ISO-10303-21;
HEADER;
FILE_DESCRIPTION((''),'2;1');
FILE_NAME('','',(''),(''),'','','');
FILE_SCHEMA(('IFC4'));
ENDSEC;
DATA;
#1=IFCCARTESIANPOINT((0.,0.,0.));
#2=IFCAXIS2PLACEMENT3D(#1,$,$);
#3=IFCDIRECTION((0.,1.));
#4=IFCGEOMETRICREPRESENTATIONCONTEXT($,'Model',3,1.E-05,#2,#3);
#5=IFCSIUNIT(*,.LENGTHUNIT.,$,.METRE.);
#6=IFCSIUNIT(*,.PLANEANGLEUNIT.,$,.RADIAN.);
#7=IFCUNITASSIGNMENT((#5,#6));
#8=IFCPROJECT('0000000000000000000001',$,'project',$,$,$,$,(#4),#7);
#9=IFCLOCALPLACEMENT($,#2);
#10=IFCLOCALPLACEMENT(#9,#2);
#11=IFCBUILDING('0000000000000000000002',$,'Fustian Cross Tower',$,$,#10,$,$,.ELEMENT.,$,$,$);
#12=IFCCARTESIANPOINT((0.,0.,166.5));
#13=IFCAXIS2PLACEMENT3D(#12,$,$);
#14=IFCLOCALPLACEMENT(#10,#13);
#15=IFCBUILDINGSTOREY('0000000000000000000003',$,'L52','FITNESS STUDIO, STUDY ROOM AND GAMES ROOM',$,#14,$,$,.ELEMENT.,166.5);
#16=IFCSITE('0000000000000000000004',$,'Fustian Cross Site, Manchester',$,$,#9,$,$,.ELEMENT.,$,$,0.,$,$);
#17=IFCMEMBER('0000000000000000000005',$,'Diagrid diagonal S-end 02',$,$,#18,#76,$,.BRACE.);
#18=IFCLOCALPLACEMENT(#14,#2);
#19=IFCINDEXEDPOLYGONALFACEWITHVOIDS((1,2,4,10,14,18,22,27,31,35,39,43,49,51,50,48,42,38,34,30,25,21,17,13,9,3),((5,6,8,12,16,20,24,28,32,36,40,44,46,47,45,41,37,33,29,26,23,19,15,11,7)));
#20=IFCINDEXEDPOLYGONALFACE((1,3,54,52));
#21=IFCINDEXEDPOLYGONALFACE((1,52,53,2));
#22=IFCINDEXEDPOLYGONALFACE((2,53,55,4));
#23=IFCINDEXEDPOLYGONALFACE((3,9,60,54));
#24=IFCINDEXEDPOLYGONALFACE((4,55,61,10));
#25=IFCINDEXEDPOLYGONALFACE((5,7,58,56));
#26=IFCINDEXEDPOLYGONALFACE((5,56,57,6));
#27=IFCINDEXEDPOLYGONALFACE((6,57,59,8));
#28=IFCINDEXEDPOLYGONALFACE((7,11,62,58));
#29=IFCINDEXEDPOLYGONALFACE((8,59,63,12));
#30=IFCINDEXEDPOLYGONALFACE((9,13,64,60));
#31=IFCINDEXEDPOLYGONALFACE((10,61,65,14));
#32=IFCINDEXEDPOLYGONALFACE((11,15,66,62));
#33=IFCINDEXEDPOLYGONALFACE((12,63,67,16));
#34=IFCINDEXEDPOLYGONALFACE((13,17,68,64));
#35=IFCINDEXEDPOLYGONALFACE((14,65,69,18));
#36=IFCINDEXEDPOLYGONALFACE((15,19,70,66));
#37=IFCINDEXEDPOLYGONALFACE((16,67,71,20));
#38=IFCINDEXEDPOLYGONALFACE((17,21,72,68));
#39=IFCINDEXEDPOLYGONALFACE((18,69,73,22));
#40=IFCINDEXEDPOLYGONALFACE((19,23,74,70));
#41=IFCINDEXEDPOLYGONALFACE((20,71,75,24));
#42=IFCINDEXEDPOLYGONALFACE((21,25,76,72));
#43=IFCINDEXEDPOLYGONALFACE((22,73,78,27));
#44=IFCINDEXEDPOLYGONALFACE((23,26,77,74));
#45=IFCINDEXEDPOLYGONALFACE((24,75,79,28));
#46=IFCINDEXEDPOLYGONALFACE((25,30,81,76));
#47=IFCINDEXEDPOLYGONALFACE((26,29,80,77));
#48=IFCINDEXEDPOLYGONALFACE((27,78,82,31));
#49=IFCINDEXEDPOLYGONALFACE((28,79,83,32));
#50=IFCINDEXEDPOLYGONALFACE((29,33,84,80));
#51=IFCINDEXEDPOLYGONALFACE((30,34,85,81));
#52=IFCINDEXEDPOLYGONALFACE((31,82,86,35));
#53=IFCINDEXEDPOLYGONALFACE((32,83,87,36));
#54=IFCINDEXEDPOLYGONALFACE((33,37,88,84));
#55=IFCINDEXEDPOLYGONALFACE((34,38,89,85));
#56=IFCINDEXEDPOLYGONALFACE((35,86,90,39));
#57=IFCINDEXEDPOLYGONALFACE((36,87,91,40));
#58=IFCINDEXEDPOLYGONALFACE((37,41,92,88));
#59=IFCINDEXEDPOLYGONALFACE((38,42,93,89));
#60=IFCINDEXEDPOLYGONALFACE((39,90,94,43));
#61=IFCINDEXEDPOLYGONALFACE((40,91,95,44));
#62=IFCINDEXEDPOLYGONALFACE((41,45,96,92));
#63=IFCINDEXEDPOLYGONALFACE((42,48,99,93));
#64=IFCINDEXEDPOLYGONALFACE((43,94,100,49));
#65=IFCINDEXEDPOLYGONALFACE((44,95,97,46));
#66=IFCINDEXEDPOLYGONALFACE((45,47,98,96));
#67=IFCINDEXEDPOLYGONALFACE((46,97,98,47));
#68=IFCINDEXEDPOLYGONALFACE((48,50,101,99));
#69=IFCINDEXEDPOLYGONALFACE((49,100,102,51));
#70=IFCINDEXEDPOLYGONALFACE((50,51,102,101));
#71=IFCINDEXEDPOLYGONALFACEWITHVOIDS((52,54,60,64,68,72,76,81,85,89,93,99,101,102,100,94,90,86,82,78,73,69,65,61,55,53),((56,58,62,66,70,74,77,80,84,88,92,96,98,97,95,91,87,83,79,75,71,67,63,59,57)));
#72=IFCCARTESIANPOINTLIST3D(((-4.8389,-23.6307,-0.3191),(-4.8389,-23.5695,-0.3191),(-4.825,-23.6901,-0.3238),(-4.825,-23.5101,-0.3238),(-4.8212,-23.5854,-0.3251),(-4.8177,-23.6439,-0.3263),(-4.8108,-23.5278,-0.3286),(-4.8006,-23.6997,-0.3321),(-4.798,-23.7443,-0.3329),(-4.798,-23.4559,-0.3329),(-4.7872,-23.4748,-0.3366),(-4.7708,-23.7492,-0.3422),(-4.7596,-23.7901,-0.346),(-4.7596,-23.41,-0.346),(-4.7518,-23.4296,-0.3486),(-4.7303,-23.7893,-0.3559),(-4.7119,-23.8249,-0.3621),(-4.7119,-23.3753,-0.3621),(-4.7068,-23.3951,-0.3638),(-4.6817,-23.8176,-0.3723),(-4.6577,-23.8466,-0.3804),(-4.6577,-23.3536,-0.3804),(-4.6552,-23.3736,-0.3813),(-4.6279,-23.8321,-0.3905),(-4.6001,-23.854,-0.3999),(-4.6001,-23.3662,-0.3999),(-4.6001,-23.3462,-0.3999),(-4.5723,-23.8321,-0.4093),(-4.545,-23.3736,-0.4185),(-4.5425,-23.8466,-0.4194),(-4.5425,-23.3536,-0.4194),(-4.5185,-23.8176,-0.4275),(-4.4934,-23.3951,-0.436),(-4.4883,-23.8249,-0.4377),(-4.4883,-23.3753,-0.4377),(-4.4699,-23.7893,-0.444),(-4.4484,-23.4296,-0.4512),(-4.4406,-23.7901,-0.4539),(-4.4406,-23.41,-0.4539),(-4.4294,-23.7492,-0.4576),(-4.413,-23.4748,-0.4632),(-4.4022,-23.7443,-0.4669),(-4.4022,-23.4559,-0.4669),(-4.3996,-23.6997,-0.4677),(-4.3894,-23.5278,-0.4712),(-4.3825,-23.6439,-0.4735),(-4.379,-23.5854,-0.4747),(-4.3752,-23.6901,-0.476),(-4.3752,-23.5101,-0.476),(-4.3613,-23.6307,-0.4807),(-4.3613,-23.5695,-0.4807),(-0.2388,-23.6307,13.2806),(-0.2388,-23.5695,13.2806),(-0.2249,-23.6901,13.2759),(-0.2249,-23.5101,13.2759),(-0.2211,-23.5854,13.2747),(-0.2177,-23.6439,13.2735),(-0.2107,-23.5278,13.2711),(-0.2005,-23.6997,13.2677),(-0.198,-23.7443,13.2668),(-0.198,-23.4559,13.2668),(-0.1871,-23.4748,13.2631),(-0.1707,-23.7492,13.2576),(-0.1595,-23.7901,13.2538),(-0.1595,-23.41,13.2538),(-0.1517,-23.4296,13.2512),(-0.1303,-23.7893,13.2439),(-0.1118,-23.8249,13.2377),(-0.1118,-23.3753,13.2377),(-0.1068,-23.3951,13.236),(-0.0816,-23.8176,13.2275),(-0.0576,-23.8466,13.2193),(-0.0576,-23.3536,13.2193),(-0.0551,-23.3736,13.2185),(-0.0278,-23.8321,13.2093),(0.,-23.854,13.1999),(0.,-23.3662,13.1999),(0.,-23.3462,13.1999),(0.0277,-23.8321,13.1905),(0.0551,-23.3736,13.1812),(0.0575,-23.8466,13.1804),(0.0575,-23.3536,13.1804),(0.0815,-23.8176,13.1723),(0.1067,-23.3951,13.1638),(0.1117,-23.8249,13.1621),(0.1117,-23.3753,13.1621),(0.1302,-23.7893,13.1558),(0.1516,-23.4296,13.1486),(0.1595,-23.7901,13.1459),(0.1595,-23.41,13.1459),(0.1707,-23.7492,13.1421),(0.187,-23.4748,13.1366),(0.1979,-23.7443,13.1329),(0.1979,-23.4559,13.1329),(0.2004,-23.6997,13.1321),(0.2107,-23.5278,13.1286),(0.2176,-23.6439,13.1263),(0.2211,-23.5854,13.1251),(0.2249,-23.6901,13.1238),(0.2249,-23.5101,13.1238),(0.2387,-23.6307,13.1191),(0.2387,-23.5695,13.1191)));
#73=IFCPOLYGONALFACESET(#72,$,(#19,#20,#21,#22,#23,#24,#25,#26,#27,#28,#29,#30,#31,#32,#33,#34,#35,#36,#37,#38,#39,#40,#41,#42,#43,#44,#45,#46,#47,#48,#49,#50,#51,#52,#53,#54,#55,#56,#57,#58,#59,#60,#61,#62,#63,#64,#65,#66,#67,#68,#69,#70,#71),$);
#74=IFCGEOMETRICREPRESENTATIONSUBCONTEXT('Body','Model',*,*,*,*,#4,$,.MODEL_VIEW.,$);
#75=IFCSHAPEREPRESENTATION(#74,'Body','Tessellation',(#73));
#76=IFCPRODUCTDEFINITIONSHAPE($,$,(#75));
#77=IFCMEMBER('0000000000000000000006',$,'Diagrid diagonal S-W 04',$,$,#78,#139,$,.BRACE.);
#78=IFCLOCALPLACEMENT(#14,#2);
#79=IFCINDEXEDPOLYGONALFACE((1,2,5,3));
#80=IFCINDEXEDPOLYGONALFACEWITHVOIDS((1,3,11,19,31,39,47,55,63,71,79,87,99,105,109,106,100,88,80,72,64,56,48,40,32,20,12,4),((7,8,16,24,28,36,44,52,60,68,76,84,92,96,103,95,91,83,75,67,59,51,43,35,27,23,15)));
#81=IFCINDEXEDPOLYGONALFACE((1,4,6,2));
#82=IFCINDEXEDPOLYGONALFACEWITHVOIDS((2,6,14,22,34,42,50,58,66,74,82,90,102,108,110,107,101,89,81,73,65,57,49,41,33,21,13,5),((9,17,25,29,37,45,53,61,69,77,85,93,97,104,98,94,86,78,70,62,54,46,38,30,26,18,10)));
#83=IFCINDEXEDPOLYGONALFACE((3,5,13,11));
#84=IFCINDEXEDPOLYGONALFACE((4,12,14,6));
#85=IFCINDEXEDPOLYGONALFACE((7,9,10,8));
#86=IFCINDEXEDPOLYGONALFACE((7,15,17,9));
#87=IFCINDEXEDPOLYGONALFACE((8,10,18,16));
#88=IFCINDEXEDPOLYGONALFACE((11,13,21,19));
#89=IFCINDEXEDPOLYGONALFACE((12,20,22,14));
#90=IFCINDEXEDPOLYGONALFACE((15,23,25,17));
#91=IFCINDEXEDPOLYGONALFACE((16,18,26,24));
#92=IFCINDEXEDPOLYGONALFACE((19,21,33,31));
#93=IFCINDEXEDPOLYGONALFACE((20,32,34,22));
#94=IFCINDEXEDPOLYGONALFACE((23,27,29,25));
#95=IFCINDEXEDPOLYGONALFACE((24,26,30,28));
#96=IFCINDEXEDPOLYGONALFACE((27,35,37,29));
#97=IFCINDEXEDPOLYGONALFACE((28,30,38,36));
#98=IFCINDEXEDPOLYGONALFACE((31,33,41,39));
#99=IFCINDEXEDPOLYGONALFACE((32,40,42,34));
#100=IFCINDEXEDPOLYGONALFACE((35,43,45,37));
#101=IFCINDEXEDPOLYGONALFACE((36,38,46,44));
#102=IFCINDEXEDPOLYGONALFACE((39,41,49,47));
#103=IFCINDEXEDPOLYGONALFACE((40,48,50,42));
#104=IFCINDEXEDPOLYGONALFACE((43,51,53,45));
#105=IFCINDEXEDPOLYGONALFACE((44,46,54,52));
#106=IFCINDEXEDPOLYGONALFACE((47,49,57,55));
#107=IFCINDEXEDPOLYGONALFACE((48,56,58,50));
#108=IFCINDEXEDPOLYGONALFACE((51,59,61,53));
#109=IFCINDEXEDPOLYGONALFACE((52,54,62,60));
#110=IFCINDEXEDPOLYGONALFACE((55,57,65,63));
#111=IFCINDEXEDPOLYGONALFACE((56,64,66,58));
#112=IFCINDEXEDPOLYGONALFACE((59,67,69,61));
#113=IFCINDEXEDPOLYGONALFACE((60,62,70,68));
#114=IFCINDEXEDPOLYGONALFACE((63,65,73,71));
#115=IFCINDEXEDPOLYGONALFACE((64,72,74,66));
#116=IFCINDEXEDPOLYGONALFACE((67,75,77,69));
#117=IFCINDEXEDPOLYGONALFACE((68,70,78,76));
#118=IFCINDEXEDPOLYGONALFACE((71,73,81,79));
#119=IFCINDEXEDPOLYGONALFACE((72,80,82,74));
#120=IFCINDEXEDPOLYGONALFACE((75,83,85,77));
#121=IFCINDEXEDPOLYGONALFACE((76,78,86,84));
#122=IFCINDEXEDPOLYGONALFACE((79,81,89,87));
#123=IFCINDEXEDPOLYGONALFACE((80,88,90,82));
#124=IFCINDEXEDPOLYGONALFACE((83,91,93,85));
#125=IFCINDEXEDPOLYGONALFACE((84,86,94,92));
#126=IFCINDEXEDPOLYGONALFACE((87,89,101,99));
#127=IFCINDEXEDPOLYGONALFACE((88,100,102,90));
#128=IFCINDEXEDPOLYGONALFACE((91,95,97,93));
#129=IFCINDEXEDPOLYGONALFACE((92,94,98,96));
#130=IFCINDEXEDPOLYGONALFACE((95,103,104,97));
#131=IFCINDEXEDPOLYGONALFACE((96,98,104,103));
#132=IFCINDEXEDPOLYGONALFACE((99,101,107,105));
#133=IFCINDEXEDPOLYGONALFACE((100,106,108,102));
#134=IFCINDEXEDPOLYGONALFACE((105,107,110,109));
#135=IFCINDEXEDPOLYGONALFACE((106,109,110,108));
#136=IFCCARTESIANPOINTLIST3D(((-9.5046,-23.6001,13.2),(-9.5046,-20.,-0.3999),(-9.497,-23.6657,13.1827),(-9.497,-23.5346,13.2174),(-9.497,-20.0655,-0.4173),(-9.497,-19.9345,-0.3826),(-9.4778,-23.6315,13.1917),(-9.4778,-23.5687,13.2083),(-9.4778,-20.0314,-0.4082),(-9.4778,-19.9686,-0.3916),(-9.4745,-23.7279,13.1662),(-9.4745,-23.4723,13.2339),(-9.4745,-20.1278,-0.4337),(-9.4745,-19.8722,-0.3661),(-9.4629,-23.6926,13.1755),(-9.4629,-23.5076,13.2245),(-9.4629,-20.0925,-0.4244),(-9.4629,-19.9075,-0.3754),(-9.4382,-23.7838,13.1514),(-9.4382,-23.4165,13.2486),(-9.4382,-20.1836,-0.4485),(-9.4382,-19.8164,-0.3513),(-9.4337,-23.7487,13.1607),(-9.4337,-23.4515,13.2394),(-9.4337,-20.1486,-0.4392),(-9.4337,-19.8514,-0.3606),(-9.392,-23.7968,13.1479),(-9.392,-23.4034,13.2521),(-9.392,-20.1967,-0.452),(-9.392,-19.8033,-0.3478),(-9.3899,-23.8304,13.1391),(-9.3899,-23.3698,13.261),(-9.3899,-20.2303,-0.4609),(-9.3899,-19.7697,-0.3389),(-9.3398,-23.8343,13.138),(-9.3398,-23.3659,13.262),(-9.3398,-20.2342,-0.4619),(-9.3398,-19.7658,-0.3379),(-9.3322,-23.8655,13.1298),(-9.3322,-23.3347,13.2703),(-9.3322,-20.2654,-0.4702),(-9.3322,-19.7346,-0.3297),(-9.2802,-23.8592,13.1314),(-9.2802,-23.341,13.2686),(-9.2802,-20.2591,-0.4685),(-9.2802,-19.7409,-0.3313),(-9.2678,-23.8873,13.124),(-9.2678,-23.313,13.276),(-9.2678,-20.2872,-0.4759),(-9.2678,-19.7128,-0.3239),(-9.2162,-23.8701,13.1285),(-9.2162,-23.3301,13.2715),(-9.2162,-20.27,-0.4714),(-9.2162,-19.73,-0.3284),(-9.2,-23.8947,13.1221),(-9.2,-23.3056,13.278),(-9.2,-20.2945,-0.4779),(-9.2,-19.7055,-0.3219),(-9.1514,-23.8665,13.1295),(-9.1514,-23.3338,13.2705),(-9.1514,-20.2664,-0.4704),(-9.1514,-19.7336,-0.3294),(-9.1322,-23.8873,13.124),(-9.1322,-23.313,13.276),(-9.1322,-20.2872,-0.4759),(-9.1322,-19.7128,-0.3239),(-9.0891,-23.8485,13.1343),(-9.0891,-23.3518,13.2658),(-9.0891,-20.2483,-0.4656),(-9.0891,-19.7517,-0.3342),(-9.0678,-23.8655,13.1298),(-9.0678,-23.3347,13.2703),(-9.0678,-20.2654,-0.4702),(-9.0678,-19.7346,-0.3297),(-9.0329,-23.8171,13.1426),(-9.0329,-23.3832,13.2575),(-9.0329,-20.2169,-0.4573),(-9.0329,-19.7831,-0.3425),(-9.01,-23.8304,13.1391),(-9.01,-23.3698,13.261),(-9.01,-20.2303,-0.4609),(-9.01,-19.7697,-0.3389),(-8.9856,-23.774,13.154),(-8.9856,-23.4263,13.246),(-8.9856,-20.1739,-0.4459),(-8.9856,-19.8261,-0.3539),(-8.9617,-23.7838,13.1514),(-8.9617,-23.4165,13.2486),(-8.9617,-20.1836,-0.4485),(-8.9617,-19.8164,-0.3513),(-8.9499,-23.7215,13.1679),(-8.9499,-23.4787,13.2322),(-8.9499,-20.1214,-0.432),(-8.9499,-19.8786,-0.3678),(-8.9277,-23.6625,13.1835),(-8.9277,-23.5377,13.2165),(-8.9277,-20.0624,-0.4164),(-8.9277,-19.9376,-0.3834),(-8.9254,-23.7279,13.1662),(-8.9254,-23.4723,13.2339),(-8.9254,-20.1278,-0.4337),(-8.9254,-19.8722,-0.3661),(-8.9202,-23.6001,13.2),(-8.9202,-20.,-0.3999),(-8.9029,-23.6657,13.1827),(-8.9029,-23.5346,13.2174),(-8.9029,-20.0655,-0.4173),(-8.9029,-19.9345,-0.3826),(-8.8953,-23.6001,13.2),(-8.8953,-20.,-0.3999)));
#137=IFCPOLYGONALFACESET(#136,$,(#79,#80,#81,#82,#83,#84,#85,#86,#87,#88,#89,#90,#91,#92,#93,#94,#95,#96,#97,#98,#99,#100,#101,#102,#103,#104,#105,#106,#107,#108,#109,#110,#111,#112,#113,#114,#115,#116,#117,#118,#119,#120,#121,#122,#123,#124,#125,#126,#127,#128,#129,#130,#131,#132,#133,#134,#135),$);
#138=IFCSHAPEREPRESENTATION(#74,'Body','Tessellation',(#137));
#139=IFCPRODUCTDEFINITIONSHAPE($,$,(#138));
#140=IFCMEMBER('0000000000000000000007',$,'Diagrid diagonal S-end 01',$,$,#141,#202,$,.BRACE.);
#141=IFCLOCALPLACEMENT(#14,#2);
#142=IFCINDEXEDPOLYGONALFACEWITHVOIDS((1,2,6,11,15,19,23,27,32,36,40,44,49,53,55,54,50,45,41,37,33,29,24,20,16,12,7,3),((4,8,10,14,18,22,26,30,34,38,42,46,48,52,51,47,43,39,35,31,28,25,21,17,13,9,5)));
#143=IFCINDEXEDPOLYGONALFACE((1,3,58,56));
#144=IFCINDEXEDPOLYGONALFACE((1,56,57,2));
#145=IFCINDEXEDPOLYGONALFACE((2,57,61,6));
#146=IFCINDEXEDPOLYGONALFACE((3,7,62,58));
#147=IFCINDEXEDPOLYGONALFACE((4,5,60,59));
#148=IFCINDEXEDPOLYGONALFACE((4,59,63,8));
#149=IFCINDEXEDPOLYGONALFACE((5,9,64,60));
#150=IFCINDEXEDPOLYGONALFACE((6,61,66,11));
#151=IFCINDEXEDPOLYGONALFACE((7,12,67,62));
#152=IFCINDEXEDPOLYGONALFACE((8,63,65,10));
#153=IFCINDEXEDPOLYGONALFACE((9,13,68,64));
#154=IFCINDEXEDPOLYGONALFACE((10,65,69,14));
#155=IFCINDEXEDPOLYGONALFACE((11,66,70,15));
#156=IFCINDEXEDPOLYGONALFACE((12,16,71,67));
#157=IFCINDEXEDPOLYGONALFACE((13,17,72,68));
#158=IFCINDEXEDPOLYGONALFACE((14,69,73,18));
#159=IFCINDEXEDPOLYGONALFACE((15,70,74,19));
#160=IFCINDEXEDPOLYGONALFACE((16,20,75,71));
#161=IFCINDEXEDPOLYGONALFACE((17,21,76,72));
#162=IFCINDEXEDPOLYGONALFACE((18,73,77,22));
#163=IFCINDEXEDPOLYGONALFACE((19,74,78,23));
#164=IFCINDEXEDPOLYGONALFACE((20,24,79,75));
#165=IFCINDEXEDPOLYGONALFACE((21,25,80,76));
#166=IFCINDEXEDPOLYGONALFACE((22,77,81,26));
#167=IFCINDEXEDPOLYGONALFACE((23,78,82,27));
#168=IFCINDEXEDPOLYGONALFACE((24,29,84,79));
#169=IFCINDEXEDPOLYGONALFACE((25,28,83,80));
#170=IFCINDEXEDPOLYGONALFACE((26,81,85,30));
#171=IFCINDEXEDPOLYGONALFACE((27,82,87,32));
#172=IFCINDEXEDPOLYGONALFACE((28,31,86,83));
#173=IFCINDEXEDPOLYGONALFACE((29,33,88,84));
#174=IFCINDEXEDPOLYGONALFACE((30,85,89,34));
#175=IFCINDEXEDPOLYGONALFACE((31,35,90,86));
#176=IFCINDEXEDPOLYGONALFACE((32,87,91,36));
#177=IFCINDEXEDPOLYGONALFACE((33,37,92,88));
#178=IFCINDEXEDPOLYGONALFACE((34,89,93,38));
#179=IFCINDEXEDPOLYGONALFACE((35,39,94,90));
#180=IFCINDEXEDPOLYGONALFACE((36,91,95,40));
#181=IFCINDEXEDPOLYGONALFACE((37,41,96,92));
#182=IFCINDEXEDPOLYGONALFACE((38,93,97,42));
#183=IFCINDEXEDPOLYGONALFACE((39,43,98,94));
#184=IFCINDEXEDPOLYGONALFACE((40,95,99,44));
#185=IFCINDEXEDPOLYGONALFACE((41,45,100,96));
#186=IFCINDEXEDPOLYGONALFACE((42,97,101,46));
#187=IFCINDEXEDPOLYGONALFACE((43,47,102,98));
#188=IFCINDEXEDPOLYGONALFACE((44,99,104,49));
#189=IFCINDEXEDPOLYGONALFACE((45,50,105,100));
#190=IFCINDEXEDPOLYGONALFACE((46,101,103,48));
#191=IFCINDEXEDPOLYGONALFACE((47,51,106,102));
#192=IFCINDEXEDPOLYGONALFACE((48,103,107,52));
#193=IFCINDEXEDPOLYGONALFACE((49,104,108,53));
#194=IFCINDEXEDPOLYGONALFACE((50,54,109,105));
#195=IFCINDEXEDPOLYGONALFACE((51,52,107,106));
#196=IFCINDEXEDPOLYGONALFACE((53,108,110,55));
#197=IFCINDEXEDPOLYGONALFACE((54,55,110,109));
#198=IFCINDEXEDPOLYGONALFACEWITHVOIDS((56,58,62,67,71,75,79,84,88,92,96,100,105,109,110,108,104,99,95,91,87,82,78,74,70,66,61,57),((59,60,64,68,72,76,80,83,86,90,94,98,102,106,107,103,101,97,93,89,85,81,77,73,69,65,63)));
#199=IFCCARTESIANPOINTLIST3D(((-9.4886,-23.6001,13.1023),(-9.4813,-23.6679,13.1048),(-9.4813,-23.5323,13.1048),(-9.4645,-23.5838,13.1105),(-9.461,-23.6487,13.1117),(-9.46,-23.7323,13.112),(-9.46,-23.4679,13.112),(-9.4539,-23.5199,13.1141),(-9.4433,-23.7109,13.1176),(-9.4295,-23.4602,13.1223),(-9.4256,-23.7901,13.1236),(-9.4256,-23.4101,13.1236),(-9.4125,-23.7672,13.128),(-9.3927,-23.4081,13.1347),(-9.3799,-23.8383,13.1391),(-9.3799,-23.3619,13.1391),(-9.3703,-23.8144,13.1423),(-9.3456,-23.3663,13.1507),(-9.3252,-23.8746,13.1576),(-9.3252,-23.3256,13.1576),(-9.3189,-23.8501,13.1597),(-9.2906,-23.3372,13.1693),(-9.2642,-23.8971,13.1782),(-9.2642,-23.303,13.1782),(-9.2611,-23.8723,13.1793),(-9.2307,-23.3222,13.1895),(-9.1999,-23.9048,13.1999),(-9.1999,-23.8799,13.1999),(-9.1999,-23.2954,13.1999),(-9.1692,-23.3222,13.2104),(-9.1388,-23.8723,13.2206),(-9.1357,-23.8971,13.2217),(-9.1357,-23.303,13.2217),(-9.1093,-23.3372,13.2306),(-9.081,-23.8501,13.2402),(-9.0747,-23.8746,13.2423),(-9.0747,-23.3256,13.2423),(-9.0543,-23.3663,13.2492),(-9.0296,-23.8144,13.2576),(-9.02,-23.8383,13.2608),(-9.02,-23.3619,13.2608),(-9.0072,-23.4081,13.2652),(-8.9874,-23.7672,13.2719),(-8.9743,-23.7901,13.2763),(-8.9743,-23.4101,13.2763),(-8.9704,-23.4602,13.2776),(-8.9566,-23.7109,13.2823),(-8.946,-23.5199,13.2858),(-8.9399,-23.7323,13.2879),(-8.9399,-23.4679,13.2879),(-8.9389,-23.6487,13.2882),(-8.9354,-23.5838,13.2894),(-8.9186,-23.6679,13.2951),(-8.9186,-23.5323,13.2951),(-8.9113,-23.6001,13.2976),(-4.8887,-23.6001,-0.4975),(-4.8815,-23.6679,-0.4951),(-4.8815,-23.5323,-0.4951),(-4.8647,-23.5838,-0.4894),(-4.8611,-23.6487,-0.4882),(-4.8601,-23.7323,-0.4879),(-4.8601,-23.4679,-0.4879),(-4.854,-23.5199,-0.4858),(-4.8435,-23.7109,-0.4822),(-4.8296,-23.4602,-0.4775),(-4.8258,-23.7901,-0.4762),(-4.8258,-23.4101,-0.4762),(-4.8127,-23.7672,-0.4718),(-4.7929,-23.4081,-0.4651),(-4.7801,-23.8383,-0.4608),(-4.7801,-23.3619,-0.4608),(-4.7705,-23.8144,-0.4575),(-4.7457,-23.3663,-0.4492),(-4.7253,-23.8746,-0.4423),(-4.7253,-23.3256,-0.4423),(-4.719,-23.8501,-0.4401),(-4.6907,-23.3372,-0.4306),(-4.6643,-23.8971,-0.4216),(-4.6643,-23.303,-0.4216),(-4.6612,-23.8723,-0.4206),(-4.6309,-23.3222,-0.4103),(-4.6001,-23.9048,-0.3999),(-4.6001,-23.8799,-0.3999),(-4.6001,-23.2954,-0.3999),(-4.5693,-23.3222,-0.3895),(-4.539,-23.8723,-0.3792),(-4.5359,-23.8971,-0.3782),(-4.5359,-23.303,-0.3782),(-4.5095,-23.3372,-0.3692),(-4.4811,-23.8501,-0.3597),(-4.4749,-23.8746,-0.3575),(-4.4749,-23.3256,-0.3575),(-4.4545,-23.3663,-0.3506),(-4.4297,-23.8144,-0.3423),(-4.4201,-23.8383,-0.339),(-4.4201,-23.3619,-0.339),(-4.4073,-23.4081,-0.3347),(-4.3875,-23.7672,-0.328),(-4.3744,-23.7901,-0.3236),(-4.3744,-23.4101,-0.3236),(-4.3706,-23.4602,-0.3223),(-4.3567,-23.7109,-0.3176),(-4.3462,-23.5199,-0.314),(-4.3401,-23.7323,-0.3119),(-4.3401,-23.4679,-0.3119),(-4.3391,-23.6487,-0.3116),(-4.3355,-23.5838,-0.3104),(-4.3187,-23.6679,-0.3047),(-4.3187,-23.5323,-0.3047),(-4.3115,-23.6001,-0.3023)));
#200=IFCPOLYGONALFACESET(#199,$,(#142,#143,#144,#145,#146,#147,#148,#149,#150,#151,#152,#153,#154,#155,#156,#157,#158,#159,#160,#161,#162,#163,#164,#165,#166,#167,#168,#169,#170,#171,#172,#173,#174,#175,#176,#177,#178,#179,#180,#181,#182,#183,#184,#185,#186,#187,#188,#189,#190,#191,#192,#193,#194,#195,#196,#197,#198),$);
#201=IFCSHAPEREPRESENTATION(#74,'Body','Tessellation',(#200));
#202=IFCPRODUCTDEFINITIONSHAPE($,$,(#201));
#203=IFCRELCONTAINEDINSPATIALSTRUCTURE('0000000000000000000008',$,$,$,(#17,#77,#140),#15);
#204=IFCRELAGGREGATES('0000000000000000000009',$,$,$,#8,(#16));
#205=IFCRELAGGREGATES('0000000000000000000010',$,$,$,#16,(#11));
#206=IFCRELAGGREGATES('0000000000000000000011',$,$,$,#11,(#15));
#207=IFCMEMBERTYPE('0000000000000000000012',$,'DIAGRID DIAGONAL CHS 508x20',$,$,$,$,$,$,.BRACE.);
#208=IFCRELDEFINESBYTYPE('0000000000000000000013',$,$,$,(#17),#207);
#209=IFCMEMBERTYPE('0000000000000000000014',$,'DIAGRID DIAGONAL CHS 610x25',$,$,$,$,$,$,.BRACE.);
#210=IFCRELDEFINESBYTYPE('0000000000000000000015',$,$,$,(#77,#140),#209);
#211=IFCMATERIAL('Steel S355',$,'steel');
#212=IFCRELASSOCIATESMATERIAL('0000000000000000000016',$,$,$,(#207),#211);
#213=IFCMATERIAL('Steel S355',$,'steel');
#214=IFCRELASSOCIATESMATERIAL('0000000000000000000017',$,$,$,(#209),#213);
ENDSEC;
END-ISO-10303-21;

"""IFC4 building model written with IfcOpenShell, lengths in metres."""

from ifc_helpers import new_model, si_unit, direction, frame, origin, origin_2d, place, context, subcontext, project, spatial, hollow_circle, extrude, material, material_profile, profile_set, type_object, element, save


model = new_model("IFC4")

# Units and contexts
model_context = context("Model", 3, precision=1e-05, world=origin(), true_north=direction((0.0, 1.0)))
body_context = subcontext(model_context, "Body", "Model", "MODEL_VIEW")
ifc_project = project(units=[si_unit("LENGTHUNIT", "METRE"), si_unit("PLANEANGLEUNIT", "RADIAN")], contexts=[model_context])

# Site, building, storey
site_placement = place(None, origin())
site = spatial("IfcSite", under=ifc_project, at=site_placement, Name="Fustian Cross Site, Manchester", CompositionType="ELEMENT", RefElevation=0.0)
building_placement = place(site_placement, origin())
building = spatial("IfcBuilding", under=site, at=building_placement, Name="Fustian Cross Tower", CompositionType="ELEMENT")
storey_placement = place(building_placement, frame((0.0, 0.0, 166.5)))
storey = spatial("IfcBuildingStorey", under=building, at=storey_placement, Name="L52", Description="FITNESS STUDIO, STUDY ROOM AND GAMES ROOM", CompositionType="ELEMENT", Elevation=166.5)

# Members
ifc_material_1 = material(Name="Steel S355", Category="steel")
ifc_material_profile_1 = material_profile(ifc_material_1, hollow_circle(Radius=0.2539, WallThickness=0.02, at=origin_2d()), Name="CHS 508x20")
ifc_profile_set_1 = profile_set([ifc_material_profile_1], Name="Steel S355")
member_type_1 = type_object("IfcMemberType", Name="DIAGRID DIAGONAL CHS 508x20", PredefinedType="BRACE", material=ifc_profile_set_1)
member_1_placement = place(storey_placement, frame((-4.6001, -23.6001, -0.3999), z_axis=(0.320413, 0.0, 0.947278), x_axis=(0.0, 1.0, 0.0)))
element("IfcMember", 1, at=member_1_placement, inside=storey, type_object=member_type_1, Name="Diagrid diagonal S-end 02", PredefinedType="BRACE", context=body_context, shape_type="SweptSolid", body=[
    extrude(hollow_circle(Radius=0.2539, WallThickness=0.02, at=origin_2d()), origin(), (0.0, 0.0, 1.0), 14.3567),
])
ifc_material_2 = material(Name="Steel S355", Category="steel")
ifc_material_profile_2 = material_profile(ifc_material_2, hollow_circle(Radius=0.3047, WallThickness=0.0249, at=origin_2d()), Name="CHS 610x25")
ifc_profile_set_2 = profile_set([ifc_material_profile_2], Name="Steel S355")
member_type_2 = type_object("IfcMemberType", Name="DIAGRID DIAGONAL CHS 610x25", PredefinedType="BRACE", material=ifc_profile_set_2)
member_2_placement = place(storey_placement, frame((-9.2, -20.0, -0.3999), z_axis=(0.0, -0.255902, 0.966703), x_axis=(1.0, 0.0, 0.0)))
element("IfcMember", 2, at=member_2_placement, inside=storey, type_object=member_type_2, Name="Diagrid diagonal S-W 04", PredefinedType="BRACE", context=body_context, shape_type="SweptSolid", body=[
    extrude(hollow_circle(Radius=0.3047, WallThickness=0.0249, at=origin_2d()), origin(), (0.0, 0.0, 1.0), 14.0684),
])
member_3_placement = place(storey_placement, frame((-4.6001, -23.6001, -0.3999), z_axis=(-0.320398, 0.0, 0.947283), x_axis=(0.0, -1.0, 0.0)))
element("IfcMember", 3, at=member_3_placement, inside=storey, type_object=member_type_2, Name="Diagrid diagonal S-end 01", PredefinedType="BRACE", context=body_context, shape_type="SweptSolid", body=[
    extrude(hollow_circle(Radius=0.3047, WallThickness=0.0249, at=origin_2d()), origin(), (0.0, 0.0, 1.0), 14.3567),
])

save(model, "model.ifc")
